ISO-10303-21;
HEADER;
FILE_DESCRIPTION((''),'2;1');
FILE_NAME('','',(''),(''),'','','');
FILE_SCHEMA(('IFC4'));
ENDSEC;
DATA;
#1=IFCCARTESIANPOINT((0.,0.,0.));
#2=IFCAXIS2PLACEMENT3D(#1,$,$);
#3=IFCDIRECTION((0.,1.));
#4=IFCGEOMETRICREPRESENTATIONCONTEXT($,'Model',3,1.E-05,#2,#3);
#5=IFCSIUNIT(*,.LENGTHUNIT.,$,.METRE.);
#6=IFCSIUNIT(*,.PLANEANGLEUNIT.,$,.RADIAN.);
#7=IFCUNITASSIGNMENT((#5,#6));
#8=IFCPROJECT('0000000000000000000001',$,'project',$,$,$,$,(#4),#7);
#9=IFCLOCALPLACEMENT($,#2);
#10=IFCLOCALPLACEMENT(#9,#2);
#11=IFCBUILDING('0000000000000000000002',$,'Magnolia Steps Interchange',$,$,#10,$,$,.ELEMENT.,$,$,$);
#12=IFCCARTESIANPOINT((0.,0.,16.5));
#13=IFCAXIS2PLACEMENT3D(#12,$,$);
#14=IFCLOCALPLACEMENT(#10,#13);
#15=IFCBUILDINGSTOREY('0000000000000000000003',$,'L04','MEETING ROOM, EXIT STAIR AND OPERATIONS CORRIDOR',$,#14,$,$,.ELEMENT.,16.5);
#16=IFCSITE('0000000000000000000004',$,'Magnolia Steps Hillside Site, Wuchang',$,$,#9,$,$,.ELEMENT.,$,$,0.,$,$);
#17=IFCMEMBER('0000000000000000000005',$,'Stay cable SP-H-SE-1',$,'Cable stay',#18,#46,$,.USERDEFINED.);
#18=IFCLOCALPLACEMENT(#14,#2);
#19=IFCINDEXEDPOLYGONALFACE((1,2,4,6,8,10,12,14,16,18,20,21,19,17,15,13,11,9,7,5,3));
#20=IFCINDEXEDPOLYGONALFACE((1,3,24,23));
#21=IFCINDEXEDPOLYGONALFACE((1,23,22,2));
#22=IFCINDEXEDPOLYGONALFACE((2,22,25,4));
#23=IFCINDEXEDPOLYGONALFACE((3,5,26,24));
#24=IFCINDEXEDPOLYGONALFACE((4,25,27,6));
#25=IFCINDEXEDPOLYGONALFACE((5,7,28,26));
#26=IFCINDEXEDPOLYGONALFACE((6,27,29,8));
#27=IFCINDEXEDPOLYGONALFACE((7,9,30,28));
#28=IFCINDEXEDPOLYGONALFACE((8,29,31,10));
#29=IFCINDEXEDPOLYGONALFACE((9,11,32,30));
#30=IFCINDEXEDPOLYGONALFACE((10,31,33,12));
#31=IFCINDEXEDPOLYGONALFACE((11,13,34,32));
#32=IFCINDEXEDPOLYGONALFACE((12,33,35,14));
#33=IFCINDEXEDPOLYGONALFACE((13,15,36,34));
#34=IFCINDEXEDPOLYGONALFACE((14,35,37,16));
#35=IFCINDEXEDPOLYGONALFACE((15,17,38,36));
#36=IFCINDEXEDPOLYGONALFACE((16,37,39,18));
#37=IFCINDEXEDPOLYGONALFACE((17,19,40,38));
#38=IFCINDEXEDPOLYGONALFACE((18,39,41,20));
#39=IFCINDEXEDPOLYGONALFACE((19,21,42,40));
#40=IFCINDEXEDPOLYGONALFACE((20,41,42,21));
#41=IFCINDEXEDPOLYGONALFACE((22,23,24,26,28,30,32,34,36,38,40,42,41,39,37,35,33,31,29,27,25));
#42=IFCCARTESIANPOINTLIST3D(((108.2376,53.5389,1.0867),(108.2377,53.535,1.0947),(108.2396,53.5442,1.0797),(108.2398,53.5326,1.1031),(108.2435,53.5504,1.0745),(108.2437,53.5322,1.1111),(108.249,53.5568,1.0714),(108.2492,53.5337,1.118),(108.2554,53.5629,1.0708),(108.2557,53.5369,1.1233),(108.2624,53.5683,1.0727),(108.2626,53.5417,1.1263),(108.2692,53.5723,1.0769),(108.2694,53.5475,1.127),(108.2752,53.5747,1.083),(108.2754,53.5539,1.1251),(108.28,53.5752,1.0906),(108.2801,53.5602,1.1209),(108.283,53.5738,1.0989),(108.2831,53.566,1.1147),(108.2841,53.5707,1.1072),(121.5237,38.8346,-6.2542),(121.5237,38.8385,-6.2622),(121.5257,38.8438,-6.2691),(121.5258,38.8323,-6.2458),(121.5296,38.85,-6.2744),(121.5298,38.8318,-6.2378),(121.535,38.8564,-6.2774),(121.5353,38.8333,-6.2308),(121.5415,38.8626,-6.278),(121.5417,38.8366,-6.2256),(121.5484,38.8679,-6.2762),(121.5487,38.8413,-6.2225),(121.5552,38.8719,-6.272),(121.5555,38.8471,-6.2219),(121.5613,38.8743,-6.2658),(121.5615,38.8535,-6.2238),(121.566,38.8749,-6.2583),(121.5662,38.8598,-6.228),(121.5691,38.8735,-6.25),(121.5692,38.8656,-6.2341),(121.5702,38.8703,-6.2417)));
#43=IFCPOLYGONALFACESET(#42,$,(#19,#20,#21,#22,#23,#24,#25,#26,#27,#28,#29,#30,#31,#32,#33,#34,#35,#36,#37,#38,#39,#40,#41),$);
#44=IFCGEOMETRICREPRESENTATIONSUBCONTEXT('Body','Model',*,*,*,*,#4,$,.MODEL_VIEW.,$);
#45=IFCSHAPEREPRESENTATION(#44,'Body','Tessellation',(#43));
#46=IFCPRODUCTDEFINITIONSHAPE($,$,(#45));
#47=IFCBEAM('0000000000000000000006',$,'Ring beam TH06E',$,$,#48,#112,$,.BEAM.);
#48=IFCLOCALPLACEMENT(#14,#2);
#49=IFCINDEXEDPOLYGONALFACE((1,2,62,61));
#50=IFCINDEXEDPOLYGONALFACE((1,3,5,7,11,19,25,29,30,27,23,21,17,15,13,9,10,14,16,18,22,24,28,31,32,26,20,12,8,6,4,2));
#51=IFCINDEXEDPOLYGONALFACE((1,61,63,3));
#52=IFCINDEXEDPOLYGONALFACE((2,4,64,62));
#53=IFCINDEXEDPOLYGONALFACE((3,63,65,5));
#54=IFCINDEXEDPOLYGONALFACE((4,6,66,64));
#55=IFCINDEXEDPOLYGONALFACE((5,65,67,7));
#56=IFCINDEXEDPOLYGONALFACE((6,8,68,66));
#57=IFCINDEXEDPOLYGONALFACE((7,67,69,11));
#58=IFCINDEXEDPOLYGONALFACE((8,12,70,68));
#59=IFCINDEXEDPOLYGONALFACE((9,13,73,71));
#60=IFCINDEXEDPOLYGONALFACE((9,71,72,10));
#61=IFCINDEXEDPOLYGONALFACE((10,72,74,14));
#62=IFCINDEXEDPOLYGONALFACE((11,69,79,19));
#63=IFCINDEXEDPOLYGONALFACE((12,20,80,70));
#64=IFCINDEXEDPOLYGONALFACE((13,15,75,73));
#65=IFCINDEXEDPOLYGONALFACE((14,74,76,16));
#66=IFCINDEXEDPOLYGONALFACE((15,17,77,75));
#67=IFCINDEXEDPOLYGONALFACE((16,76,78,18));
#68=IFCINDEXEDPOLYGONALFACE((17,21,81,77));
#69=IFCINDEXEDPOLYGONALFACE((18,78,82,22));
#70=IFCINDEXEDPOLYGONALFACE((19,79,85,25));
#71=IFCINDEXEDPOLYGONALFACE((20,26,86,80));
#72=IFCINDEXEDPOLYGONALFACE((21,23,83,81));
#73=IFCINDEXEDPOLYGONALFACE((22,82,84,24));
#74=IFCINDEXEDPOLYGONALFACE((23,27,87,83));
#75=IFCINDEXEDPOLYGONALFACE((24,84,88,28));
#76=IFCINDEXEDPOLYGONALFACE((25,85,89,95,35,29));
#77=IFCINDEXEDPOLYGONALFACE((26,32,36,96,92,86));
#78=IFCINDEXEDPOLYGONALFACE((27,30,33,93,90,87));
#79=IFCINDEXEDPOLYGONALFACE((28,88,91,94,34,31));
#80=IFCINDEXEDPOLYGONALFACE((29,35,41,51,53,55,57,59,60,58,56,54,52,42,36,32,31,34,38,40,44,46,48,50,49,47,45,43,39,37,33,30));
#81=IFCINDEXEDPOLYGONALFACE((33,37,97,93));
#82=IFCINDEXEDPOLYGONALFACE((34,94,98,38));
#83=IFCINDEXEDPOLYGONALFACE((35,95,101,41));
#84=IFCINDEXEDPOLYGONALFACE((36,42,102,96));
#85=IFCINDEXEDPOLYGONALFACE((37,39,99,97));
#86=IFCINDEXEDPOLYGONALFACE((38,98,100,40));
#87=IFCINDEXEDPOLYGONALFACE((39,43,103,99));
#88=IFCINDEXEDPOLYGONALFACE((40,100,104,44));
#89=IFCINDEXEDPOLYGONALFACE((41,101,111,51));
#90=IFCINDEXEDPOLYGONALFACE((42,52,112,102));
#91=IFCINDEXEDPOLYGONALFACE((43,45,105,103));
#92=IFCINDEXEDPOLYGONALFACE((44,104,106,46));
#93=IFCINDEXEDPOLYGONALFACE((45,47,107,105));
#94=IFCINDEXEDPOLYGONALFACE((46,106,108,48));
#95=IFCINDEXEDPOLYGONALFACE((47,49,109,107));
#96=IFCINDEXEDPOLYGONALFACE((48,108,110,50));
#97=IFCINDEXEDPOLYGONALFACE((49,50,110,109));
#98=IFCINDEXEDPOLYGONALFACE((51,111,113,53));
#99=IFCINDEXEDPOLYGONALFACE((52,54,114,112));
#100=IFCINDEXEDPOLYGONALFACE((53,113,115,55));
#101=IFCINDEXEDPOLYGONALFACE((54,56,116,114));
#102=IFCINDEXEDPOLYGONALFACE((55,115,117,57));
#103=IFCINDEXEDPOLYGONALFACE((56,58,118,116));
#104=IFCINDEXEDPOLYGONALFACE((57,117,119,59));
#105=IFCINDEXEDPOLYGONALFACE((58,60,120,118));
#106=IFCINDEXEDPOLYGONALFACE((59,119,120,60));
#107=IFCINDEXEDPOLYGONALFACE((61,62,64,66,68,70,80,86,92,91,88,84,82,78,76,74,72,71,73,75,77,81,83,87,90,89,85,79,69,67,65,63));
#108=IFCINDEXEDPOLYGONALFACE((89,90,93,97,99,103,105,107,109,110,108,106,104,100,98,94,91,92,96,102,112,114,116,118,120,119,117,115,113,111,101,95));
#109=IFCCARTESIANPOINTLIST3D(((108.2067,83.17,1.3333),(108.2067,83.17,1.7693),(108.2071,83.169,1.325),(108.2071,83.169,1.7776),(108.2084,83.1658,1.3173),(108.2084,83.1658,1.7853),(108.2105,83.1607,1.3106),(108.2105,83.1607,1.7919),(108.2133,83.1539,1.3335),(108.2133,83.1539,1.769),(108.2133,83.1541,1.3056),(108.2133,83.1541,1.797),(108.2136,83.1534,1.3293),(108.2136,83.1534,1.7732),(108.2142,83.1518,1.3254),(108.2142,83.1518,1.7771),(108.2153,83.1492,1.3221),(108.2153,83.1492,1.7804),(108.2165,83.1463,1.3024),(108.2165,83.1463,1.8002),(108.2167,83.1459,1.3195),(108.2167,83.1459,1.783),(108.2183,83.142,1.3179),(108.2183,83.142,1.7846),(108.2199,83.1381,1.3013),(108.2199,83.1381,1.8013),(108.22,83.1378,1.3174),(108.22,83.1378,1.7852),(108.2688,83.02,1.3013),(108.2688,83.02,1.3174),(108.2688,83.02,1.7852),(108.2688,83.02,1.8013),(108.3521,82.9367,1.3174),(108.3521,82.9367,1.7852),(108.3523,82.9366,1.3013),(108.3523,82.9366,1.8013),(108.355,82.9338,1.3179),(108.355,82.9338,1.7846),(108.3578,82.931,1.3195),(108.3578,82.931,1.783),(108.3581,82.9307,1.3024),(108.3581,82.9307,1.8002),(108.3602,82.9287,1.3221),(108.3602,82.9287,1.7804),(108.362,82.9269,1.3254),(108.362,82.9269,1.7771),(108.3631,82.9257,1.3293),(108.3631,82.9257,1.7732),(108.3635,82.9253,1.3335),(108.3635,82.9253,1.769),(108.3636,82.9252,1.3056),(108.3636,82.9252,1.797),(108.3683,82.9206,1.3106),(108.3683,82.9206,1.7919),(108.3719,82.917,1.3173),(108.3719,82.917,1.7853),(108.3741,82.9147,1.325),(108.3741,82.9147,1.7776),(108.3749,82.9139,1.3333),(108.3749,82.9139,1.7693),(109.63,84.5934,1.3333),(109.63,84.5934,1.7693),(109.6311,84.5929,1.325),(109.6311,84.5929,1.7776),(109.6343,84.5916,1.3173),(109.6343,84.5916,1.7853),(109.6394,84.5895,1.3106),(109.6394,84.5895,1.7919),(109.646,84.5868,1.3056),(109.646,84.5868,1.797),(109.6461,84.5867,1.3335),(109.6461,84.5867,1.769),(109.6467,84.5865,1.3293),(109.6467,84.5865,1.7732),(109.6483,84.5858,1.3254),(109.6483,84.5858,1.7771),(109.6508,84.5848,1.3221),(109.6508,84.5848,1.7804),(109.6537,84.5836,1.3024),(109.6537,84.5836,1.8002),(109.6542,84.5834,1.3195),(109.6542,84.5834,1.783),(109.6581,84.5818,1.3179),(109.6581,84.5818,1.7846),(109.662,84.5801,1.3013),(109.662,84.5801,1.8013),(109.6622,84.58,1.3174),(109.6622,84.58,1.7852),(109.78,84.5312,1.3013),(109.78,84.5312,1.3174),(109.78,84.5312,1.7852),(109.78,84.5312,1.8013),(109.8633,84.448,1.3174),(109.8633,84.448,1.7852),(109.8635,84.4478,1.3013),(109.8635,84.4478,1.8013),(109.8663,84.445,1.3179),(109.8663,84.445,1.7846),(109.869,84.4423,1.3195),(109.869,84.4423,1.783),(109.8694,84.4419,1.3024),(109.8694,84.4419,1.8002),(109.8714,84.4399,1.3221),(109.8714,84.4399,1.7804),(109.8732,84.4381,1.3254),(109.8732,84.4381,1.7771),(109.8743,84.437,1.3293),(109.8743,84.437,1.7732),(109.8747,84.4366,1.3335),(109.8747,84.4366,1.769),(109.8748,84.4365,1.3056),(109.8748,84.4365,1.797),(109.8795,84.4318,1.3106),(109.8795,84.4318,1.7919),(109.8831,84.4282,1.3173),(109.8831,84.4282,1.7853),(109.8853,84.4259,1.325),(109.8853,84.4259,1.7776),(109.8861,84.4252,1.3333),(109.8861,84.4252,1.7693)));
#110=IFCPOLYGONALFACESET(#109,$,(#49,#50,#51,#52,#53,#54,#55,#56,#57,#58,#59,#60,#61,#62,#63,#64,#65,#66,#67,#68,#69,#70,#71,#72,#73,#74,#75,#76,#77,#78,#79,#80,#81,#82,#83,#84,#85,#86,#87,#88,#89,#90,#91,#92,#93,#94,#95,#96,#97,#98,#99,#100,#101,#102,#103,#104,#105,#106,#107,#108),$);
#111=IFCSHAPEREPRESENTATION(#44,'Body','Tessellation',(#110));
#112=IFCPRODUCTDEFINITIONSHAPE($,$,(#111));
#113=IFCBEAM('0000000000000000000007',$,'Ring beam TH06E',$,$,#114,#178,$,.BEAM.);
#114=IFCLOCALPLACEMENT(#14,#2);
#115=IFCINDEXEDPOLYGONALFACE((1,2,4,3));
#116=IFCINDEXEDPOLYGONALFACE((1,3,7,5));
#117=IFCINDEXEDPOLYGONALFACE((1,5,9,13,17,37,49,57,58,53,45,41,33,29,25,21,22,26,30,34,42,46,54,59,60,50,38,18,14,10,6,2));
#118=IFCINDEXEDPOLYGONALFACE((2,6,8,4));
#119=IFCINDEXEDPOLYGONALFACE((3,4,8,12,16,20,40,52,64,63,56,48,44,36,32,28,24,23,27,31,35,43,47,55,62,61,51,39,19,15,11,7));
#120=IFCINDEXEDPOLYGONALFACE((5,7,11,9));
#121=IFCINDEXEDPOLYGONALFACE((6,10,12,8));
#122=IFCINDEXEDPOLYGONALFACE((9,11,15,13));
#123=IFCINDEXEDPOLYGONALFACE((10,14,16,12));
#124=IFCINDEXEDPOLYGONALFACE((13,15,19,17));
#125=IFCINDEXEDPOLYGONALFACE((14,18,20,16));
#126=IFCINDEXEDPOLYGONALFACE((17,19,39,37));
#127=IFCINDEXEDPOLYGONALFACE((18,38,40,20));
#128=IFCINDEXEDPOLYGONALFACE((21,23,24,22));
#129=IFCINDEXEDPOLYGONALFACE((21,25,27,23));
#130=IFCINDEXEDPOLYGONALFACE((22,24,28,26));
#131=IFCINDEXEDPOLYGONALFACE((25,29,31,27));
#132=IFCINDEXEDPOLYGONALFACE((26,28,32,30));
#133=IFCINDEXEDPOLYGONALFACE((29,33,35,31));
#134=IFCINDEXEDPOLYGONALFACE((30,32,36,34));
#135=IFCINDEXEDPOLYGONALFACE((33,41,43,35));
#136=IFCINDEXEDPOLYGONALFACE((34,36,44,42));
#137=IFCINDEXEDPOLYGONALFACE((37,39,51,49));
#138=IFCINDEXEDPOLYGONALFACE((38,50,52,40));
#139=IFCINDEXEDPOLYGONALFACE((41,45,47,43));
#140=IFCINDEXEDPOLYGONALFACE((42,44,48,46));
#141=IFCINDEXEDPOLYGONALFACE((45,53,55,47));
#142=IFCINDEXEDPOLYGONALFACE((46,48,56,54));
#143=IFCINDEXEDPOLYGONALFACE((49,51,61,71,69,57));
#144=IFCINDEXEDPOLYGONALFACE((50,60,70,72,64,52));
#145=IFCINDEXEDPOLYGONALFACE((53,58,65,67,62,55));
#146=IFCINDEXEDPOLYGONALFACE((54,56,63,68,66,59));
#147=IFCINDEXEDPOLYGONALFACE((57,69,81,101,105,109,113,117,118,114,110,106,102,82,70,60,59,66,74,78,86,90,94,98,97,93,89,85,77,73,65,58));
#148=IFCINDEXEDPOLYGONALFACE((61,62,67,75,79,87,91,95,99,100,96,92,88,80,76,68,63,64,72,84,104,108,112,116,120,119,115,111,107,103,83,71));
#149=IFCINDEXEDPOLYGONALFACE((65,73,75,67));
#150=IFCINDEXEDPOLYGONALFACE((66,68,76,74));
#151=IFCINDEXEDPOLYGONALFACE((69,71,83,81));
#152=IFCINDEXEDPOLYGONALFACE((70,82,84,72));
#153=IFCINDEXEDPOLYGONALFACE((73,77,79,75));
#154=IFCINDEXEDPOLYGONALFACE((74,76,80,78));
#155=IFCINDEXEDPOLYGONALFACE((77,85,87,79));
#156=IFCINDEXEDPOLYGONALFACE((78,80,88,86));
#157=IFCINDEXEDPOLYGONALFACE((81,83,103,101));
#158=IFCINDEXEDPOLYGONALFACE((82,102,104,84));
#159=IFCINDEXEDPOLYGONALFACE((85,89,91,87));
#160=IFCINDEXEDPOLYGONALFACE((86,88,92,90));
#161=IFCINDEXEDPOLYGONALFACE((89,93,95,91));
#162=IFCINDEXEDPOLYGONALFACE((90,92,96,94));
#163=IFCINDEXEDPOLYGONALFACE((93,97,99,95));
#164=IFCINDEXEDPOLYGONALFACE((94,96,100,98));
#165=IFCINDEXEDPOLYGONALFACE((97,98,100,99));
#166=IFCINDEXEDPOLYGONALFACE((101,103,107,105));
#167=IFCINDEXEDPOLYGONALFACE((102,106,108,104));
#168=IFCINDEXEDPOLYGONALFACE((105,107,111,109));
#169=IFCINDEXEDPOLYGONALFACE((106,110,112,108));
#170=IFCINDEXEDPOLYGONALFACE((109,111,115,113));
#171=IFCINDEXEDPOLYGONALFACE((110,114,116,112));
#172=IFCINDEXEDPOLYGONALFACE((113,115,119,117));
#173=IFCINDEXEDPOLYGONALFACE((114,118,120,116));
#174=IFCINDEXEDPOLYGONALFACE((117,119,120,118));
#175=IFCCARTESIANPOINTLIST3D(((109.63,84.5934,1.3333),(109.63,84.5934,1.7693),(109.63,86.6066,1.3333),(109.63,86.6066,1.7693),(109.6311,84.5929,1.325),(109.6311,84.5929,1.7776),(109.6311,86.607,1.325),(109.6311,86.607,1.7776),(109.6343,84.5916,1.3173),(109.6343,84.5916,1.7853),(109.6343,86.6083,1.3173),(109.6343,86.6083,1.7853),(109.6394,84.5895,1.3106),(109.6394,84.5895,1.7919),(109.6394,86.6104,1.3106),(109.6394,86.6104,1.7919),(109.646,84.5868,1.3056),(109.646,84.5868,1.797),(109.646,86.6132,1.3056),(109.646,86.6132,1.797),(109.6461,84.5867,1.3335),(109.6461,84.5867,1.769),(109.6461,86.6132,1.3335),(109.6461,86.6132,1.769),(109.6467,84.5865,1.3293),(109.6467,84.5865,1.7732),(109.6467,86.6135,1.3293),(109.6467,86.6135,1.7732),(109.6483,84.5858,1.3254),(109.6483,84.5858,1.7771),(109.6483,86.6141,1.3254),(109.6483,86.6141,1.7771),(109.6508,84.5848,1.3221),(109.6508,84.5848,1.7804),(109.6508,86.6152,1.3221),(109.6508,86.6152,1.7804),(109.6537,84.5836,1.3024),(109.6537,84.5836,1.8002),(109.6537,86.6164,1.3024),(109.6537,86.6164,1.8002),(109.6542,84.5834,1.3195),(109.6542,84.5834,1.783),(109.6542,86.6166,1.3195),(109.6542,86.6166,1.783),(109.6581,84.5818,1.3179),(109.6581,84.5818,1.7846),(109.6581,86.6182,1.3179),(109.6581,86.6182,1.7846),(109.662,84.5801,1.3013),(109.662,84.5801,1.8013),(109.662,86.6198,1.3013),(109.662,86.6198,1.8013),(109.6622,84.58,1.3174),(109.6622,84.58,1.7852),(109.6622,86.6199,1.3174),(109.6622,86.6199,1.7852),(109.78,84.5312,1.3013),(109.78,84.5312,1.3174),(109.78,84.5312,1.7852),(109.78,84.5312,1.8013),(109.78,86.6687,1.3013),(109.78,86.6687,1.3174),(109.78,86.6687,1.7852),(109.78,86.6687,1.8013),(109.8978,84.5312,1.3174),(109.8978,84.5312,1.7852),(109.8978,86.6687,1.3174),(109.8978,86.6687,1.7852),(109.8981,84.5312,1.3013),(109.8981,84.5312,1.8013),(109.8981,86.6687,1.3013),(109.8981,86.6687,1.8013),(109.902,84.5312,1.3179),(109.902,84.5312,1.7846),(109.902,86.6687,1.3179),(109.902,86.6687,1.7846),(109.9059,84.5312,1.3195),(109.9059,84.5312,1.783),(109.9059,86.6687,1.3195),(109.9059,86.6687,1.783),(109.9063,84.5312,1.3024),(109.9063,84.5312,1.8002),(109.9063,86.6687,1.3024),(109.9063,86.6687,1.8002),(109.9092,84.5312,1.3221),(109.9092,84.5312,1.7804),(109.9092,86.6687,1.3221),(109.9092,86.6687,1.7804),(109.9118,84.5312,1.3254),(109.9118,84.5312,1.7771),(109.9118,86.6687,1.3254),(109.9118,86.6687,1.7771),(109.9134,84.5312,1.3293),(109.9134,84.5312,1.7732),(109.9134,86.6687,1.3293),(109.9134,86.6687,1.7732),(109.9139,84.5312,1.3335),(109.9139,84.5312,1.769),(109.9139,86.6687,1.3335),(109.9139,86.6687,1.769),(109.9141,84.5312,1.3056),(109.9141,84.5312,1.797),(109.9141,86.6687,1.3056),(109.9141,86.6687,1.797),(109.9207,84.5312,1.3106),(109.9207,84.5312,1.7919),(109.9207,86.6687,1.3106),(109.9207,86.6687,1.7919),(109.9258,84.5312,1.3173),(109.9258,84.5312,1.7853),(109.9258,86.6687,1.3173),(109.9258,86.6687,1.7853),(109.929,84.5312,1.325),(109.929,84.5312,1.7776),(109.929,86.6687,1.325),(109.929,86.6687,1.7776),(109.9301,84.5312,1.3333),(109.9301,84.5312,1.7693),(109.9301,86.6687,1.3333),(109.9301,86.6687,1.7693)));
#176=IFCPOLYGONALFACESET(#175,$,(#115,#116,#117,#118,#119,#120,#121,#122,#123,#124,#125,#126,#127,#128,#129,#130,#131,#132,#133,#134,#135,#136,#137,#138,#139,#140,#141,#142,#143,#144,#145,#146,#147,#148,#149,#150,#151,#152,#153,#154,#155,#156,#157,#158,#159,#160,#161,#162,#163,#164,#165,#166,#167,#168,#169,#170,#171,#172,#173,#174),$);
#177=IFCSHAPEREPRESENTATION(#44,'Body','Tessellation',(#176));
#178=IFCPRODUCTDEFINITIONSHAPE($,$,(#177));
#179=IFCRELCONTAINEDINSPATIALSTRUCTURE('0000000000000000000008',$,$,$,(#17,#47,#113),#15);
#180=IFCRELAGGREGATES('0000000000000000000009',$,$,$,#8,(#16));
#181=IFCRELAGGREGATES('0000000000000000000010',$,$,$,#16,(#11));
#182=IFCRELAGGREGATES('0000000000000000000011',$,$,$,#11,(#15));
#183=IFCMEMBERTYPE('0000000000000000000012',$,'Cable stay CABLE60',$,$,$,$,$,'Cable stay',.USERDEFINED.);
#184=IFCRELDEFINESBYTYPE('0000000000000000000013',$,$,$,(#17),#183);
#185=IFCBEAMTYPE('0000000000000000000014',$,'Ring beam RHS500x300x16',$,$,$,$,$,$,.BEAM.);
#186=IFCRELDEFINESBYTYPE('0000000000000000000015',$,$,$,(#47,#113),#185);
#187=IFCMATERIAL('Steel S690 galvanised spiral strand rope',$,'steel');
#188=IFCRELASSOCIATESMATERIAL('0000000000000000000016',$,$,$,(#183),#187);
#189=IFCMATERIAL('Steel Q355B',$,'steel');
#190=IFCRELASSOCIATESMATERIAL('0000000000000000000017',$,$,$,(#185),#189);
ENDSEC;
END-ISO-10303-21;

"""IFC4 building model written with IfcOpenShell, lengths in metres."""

from ifc_helpers import new_model, si_unit, direction, frame, origin, origin_2d, place, context, subcontext, project, spatial, hollow_rectangle, circle, extrude, clip, halfspace, material, material_profile, profile_set, type_object, element, save


model = new_model("IFC4")

# Units and contexts
model_context = context("Model", 3, precision=1e-05, world=origin(), true_north=direction((0.0, 1.0)))
body_context = subcontext(model_context, "Body", "Model", "MODEL_VIEW")
ifc_project = project(units=[si_unit("LENGTHUNIT", "METRE"), si_unit("PLANEANGLEUNIT", "RADIAN")], contexts=[model_context])

# Site, building, storey
site_placement = place(None, origin())
site = spatial("IfcSite", under=ifc_project, at=site_placement, Name="Magnolia Steps Hillside Site, Wuchang", CompositionType="ELEMENT", RefElevation=0.0)
building_placement = place(site_placement, origin())
building = spatial("IfcBuilding", under=site, at=building_placement, Name="Magnolia Steps Interchange", CompositionType="ELEMENT")
storey_placement = place(building_placement, frame((0.0, 0.0, 16.5)))
storey = spatial("IfcBuildingStorey", under=building, at=storey_placement, Name="L04", Description="MEETING ROOM, EXIT STAIR AND OPERATIONS CORRIDOR", CompositionType="ELEMENT", Elevation=16.5)

# Member
ifc_material_1 = material(Name="Steel S690 galvanised spiral strand rope", Category="steel")
ifc_material_profile_1 = material_profile(ifc_material_1, circle(Radius=0.03, at=origin_2d()), Name="CABLE60")
ifc_profile_set_1 = profile_set([ifc_material_profile_1], Name="Steel S690 galvanised spiral strand rope")
member_type_1 = type_object("IfcMemberType", Name="Cable stay CABLE60", ElementType="Cable stay", PredefinedType="USERDEFINED", material=ifc_profile_set_1)
member_1_placement = place(storey_placement, frame((108.2607, 53.5537, 1.0989), z_axis=(0.628673, -0.695595, -0.347734), x_axis=(0.741894, 0.670517, 0.0)))
element("IfcMember", 1, at=member_1_placement, inside=storey, type_object=member_type_1, Name="Stay cable SP-H-SE-1", ObjectType="Cable stay", PredefinedType="USERDEFINED", context=body_context, shape_type="SweptSolid", body=[
    extrude(circle(Radius=0.03, at=origin_2d()), origin(), (0.0, 0.0, 1.0), 21.1335),
])

# Beams
ifc_material_2 = material(Name="Steel Q355B", Category="steel")
ifc_material_profile_2 = material_profile(ifc_material_2, hollow_rectangle(XDim=0.3, YDim=0.5, WallThickness=0.0161, InnerFilletRadius=0.0161, OuterFilletRadius=0.032, at=origin_2d()), Name="RHS500x300x16")
ifc_profile_set_2 = profile_set([ifc_material_profile_2], Name="Steel Q355B")
beam_type_1 = type_object("IfcBeamType", Name="Ring beam RHS500x300x16", PredefinedType="BEAM", material=ifc_profile_set_2)
beam_1_placement = place(storey_placement, frame((108.2688, 83.02, 1.5513), z_axis=(0.707107, 0.707107, 0.0), x_axis=(-0.707107, 0.707107, 0.0)))
element("IfcBeam", 2, at=beam_1_placement, inside=storey, type_object=beam_type_1, Name="Ring beam TH06E", PredefinedType="BEAM", context=body_context, shape_type="Clipping", body=[
    clip(clip(extrude(hollow_rectangle(XDim=0.3, YDim=0.5, WallThickness=0.0161, InnerFilletRadius=0.0161, OuterFilletRadius=0.032, at=origin_2d()), origin(), (0.0, 0.0, 1.0), 2.1372), halfspace(frame((0.0, 0.0, 0.0), z_axis=(0.382683, 0.0, -0.92388), x_axis=(0.92388, 0.0, 0.382683)), False)), halfspace(frame((0.0, 0.0, 2.1372), z_axis=(0.382683, 0.0, 0.92388), x_axis=(0.92388, 0.0, -0.382683)), False)),
])
beam_2_placement = place(storey_placement, frame((109.78, 84.5312, 1.5513), z_axis=(0.0, 1.0, 0.0), x_axis=(-1.0, 0.0, 0.0)))
element("IfcBeam", 3, at=beam_2_placement, inside=storey, type_object=beam_type_1, Name="Ring beam TH06E", PredefinedType="BEAM", context=body_context, shape_type="Clipping", body=[
    clip(clip(extrude(hollow_rectangle(XDim=0.3, YDim=0.5, WallThickness=0.0161, InnerFilletRadius=0.0161, OuterFilletRadius=0.032, at=origin_2d()), origin(), (0.0, 0.0, 1.0), 2.1375), halfspace(frame((0.0, 0.0, 0.0), z_axis=(0.382683, 0.0, -0.92388), x_axis=(0.92388, 0.0, 0.382683)), False)), halfspace(frame((0.0, 0.0, 2.1375), z_axis=(0.382683, 0.0, 0.92388), x_axis=(0.92388, 0.0, -0.382683)), False)),
])

save(model, "model.ifc")
